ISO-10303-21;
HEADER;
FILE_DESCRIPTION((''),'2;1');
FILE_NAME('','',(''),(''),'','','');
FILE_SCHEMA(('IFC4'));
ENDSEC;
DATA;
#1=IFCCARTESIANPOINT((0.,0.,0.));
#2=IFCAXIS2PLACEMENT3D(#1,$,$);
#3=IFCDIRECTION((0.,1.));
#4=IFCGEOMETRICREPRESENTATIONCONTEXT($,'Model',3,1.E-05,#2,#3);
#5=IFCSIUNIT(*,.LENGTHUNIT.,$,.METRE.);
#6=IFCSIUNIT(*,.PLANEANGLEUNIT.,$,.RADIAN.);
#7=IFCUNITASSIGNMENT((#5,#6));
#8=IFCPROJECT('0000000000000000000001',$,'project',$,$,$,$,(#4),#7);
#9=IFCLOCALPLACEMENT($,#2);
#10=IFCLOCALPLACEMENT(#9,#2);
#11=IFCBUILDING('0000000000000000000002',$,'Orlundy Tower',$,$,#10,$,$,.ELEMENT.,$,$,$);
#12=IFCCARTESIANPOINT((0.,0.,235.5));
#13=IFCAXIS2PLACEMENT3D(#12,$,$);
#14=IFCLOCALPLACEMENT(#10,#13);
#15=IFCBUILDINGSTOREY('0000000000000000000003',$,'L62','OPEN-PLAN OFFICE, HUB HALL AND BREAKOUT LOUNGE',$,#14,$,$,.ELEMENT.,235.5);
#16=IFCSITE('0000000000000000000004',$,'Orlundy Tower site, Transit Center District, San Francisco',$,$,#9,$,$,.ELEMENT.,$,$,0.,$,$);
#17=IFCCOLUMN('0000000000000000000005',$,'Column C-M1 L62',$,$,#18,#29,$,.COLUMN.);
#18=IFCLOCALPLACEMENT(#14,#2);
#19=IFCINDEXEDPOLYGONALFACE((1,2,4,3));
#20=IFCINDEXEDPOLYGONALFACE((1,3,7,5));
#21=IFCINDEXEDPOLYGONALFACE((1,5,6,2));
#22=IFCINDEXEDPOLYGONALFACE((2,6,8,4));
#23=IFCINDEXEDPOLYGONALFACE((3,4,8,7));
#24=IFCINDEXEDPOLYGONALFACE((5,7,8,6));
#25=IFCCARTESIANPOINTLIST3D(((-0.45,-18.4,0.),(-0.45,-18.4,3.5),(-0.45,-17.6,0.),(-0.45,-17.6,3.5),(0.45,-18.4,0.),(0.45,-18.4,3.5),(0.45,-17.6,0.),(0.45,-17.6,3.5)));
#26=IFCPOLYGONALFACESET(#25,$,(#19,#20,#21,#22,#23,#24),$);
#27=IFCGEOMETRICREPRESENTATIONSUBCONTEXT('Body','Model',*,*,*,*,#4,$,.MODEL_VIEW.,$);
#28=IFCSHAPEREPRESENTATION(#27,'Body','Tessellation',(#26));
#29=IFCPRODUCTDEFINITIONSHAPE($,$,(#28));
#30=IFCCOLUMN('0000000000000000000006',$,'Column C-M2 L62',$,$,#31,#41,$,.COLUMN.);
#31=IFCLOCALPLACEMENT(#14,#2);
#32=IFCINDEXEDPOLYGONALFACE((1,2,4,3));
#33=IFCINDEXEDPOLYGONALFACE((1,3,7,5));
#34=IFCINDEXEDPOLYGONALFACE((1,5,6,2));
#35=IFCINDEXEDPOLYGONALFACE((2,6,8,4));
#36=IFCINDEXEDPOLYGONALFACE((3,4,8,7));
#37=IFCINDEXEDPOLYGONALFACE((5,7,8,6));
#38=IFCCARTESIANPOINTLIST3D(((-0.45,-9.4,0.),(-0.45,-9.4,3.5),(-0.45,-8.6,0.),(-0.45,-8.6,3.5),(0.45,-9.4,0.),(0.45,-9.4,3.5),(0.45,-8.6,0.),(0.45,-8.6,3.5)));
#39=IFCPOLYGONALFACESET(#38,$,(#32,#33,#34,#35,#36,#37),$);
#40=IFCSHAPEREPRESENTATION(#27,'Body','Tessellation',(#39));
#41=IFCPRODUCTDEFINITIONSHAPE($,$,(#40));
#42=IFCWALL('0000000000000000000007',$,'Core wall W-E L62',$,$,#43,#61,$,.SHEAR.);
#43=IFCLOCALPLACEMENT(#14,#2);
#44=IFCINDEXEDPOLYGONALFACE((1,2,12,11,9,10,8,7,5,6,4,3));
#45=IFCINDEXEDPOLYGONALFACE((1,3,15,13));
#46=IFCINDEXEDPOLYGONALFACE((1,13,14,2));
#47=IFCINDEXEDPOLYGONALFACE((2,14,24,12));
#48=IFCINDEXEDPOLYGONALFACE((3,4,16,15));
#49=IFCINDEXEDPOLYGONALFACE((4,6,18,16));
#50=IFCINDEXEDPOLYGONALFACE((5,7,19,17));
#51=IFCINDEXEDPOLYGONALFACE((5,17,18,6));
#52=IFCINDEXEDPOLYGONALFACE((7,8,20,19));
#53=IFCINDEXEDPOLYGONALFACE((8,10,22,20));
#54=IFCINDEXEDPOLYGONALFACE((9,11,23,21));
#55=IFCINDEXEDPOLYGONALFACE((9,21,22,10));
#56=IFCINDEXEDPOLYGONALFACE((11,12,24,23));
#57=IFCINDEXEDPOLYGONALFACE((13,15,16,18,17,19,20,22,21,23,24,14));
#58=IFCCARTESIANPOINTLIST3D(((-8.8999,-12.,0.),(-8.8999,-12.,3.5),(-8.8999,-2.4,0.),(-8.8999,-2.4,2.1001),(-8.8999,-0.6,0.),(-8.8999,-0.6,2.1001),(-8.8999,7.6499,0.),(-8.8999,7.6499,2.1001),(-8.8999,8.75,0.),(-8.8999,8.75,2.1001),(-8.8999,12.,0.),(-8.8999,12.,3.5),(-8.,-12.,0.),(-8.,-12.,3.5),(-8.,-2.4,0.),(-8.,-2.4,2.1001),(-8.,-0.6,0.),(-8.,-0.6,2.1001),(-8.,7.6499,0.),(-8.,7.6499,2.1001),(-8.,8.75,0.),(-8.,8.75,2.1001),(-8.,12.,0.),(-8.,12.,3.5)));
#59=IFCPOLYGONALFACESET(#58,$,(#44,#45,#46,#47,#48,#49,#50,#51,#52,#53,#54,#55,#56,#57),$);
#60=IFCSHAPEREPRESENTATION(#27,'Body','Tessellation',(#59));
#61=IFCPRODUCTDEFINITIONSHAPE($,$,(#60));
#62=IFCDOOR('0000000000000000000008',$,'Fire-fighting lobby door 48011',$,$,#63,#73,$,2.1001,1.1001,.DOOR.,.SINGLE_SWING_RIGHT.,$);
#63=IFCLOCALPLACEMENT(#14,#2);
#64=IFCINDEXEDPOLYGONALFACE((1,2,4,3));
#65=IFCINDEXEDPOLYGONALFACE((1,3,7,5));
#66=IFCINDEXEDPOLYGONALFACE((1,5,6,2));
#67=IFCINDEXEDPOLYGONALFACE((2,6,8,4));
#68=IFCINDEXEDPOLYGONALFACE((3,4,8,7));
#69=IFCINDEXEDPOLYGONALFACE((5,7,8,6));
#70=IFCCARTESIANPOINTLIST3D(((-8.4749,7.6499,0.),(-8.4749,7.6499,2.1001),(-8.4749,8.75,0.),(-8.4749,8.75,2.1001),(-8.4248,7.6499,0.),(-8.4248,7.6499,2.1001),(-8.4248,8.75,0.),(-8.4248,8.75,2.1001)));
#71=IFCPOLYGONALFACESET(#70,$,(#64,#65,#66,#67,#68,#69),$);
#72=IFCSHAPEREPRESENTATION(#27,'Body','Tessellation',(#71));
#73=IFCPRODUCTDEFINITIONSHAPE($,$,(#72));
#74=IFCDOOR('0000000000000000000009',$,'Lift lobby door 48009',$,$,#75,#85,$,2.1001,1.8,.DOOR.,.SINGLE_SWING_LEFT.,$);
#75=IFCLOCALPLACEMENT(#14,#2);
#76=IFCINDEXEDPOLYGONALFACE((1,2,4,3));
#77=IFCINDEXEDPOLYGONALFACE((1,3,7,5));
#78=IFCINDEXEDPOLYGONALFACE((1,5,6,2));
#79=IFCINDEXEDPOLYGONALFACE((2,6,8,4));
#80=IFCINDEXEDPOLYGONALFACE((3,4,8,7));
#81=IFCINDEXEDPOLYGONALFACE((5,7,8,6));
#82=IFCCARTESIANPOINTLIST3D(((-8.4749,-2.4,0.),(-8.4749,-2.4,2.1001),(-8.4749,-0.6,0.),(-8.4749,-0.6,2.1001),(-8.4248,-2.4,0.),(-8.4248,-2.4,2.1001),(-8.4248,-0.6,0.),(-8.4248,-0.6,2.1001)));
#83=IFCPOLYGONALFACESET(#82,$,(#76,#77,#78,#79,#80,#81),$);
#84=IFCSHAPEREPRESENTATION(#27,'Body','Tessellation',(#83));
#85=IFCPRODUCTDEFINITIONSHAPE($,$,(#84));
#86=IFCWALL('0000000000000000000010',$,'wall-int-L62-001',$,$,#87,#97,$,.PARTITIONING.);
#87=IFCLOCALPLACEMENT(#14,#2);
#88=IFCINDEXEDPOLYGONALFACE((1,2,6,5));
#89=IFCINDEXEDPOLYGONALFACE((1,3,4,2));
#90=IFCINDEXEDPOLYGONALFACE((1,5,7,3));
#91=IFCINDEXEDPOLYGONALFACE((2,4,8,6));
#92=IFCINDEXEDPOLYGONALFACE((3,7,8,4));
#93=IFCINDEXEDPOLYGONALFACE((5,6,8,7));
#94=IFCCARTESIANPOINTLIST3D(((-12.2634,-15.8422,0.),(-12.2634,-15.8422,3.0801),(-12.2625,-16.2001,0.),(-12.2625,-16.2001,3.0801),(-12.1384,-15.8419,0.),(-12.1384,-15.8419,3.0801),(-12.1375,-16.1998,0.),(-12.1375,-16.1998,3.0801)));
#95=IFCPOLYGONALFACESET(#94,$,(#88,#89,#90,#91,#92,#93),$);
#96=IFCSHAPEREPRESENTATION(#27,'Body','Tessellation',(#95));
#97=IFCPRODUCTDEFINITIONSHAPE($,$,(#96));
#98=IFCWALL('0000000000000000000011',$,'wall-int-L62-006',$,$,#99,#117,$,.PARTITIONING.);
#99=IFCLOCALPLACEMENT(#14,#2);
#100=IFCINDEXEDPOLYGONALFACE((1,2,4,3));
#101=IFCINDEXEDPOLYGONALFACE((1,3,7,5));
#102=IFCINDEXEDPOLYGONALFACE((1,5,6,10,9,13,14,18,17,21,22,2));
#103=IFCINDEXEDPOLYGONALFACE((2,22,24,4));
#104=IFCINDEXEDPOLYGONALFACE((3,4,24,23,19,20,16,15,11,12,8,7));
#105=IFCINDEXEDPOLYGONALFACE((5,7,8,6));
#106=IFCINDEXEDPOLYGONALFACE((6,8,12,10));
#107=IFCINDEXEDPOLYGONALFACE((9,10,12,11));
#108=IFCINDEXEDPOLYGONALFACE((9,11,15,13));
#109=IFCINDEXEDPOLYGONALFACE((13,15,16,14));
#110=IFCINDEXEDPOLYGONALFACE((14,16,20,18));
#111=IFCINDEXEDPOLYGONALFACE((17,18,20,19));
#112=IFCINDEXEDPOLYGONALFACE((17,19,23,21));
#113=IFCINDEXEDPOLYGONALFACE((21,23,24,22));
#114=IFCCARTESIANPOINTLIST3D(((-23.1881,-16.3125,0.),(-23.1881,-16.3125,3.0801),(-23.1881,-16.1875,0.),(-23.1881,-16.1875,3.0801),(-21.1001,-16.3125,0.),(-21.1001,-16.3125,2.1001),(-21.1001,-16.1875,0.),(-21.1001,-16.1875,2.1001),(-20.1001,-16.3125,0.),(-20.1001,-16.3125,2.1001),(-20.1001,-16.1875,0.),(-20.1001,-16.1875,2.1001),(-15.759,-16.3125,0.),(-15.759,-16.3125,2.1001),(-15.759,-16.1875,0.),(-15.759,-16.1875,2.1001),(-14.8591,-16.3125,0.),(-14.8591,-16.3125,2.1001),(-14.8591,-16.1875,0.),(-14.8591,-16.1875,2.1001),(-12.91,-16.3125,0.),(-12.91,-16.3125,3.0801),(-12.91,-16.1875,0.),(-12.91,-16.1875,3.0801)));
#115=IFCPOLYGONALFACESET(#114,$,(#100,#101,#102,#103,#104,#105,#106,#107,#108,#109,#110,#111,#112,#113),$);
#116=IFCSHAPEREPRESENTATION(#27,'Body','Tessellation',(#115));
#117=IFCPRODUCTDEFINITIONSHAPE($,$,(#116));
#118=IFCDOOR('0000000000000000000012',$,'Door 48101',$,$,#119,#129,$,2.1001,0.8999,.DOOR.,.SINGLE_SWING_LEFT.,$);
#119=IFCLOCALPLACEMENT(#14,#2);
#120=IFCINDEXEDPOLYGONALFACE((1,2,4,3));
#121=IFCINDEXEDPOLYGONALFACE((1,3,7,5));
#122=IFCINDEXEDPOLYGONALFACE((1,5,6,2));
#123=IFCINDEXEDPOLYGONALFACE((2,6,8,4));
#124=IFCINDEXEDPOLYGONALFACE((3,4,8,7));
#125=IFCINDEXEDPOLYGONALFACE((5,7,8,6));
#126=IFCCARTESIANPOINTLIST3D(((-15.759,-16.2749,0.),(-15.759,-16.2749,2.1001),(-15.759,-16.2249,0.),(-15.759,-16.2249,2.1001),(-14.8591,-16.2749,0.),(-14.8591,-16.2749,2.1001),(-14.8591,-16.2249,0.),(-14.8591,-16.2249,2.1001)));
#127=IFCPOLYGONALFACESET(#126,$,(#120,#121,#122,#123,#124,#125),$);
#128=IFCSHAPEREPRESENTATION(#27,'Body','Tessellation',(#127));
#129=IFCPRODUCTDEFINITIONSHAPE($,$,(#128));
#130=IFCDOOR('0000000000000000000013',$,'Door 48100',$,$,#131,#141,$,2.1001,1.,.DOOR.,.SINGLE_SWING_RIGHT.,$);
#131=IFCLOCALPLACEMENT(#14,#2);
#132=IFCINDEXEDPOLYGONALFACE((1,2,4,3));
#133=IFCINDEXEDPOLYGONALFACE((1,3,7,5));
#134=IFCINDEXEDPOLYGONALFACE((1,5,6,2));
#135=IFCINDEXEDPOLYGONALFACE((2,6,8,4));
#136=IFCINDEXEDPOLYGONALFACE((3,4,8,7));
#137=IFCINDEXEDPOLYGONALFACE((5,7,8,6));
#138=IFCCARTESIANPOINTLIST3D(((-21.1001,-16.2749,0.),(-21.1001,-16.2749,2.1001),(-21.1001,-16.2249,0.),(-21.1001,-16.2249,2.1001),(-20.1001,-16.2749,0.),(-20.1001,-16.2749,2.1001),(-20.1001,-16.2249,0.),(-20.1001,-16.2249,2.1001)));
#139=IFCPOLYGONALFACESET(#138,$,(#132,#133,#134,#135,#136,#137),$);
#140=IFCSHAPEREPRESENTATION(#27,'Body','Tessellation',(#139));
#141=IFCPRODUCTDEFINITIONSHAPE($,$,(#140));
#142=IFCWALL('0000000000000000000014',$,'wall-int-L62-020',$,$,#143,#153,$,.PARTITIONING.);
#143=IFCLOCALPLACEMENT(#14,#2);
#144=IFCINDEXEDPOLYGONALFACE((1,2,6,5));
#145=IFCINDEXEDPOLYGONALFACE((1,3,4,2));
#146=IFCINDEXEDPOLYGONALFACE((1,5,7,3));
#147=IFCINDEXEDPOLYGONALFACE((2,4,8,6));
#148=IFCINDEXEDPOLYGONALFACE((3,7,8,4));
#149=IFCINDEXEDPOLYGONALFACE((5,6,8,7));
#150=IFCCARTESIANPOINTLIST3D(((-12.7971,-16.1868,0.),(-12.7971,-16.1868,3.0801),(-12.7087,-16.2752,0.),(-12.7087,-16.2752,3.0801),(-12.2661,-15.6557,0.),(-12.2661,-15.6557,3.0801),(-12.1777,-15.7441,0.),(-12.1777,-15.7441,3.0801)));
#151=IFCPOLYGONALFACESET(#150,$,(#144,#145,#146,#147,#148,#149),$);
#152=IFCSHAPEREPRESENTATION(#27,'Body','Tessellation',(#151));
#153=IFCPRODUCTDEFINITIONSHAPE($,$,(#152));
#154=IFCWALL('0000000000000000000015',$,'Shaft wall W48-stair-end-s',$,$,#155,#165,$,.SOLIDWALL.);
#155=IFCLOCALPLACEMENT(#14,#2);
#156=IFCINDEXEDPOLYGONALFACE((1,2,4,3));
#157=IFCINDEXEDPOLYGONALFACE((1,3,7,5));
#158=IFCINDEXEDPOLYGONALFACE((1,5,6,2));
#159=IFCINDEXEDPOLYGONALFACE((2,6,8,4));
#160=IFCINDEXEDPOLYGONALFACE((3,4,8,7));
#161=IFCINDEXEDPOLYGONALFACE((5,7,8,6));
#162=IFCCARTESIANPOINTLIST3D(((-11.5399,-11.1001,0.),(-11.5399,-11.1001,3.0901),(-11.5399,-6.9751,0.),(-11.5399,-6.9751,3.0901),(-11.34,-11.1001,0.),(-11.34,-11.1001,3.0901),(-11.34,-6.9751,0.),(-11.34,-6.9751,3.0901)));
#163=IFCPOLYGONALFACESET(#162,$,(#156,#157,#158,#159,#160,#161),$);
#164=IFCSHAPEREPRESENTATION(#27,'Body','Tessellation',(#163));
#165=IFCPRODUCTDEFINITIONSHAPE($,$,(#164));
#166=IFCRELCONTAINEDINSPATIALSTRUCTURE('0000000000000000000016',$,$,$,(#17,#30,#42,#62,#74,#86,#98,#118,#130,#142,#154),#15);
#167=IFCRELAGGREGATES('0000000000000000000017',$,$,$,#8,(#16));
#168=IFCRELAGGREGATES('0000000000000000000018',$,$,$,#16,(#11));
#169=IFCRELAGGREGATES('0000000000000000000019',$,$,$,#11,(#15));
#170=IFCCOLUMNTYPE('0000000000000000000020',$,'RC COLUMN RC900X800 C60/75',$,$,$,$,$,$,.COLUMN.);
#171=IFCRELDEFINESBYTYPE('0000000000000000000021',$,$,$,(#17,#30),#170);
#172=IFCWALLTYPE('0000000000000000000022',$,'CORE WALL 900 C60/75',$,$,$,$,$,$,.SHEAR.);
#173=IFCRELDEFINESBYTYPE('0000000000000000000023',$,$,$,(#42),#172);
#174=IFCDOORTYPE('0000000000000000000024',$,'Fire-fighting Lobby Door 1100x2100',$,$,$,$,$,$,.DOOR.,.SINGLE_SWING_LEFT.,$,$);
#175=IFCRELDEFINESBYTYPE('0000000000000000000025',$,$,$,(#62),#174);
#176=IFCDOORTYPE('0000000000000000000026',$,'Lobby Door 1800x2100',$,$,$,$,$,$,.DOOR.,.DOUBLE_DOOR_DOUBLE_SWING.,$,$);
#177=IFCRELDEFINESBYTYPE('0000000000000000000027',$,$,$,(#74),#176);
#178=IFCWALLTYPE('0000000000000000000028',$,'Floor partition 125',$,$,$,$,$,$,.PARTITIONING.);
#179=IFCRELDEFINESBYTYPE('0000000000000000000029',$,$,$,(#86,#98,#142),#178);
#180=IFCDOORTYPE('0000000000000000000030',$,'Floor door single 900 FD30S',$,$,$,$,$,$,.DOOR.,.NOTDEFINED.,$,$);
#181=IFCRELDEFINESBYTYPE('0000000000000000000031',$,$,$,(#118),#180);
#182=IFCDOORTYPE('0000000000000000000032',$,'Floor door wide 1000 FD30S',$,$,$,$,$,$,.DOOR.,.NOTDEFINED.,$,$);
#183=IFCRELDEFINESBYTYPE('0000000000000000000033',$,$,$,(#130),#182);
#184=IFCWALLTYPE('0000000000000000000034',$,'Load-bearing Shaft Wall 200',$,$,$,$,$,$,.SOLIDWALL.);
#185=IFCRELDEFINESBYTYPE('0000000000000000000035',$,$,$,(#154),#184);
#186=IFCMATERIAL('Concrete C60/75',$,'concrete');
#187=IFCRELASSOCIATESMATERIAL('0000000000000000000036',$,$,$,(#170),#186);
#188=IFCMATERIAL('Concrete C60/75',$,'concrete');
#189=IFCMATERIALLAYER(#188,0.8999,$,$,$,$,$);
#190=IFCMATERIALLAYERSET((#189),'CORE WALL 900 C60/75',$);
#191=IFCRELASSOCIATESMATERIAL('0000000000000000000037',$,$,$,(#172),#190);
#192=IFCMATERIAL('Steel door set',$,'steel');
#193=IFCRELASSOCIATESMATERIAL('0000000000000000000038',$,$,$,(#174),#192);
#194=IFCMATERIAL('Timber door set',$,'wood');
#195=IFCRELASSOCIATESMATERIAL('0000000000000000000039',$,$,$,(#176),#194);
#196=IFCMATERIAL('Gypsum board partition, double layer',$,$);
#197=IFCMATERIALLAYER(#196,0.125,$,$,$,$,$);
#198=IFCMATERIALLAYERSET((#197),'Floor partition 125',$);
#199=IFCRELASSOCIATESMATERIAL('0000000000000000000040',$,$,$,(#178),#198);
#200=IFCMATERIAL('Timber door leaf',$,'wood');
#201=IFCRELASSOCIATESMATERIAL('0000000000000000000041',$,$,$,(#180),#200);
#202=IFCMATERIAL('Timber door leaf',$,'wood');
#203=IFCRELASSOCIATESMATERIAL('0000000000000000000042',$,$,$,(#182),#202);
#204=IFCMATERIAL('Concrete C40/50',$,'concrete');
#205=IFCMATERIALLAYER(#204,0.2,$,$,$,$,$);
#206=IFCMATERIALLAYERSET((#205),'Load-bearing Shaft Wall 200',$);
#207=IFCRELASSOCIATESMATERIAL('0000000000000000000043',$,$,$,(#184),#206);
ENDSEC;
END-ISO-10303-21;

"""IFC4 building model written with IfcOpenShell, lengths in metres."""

from ifc_helpers import new_model, si_unit, direction, frame, frame_2d, origin, origin_2d, place, context, subcontext, project, spatial, rectangle, extrude, material, layer, layer_set, material_profile, profile_set, type_object, element, fill, save


model = new_model("IFC4")

# Units and contexts
model_context = context("Model", 3, precision=1e-05, world=origin(), true_north=direction((0.0, 1.0)))
body_context = subcontext(model_context, "Body", "Model", "MODEL_VIEW")
ifc_project = project(units=[si_unit("LENGTHUNIT", "METRE"), si_unit("PLANEANGLEUNIT", "RADIAN")], contexts=[model_context])

# Site, building, storey
site_placement = place(None, origin())
site = spatial("IfcSite", under=ifc_project, at=site_placement, Name="Orlundy Tower site, Transit Center District, San Francisco", CompositionType="ELEMENT", RefElevation=0.0)
building_placement = place(site_placement, origin())
building = spatial("IfcBuilding", under=site, at=building_placement, Name="Orlundy Tower", CompositionType="ELEMENT")
storey_placement = place(building_placement, frame((0.0, 0.0, 235.5)))
storey = spatial("IfcBuildingStorey", under=building, at=storey_placement, Name="L62", Description="OPEN-PLAN OFFICE, HUB HALL AND BREAKOUT LOUNGE", CompositionType="ELEMENT", Elevation=235.5)

# Columns
ifc_material_1 = material(Name="Concrete C60/75", Category="concrete")
ifc_material_profile = material_profile(ifc_material_1, rectangle(XDim=0.8999, YDim=0.8, at=origin_2d()), Name="RC900X800")
ifc_profile_set = profile_set([ifc_material_profile], Name="Concrete C60/75")
column_type = type_object("IfcColumnType", Name="RC COLUMN RC900X800 C60/75", PredefinedType="COLUMN", material=ifc_profile_set)
for number, where, z_axis, x_axis, name in (
    (1, (0.0, -18.0, 0.0), (0.0, 0.0, 1.0), (1.0, 0.0, 0.0), "Column C-M1 L62"),
    (2, (0.0, -9.0, 0.0), (0.0, 0.0, 1.0), (1.0, 0.0, 0.0), "Column C-M2 L62"),
):
    element("IfcColumn", number, at=place(storey_placement, frame(where, z_axis=z_axis, x_axis=x_axis)), inside=storey, type_object=column_type, Name=name, PredefinedType="COLUMN", context=body_context, shape_type="SweptSolid", body=[
        extrude(rectangle(XDim=0.8999, YDim=0.8, at=origin_2d()), origin(), (0.0, 0.0, 1.0), 3.5),
    ])

# Wall, openings, doors
ifc_material_2 = material(Name="Concrete C60/75", Category="concrete")
ifc_layer_1 = layer(ifc_material_2, 0.8999)
ifc_layer_set_1 = layer_set([ifc_layer_1], Name="CORE WALL 900 C60/75")
wall_type_1 = type_object("IfcWallType", Name="CORE WALL 900 C60/75", PredefinedType="SHEAR", material=ifc_layer_set_1)
wall_1_placement = place(storey_placement, frame((-8.45, -12.0, 0.0), z_axis=(0.0, 0.0, 1.0), x_axis=(0.0, 1.0, 0.0)))
wall_1 = element("IfcWall", 3, at=wall_1_placement, inside=storey, type_object=wall_type_1, Name="Core wall W-E L62", PredefinedType="SHEAR", context=body_context, shape_type="SweptSolid", body=[
    extrude(rectangle(XDim=24.0, YDim=0.8999, at=frame_2d((12.0, 0.0))), origin(), (0.0, 0.0, 1.0), 3.5),
])
opening_1_placement = place(wall_1_placement, frame((9.6001, 0.0, 0.0)))
opening_1 = element("IfcOpeningElement", 4, at=opening_1_placement, cuts=wall_1, PredefinedType="OPENING", context=body_context, shape_type="SweptSolid", body=[
    extrude(rectangle(XDim=1.8, YDim=2.1001, at=frame_2d((0.8999, 1.05))), frame((0.0, 0.46, 0.0), z_axis=(0.0, -1.0, 0.0), x_axis=(1.0, 0.0, 0.0)), (0.0, 0.0, 1.0), 0.9199),
])
opening_2_placement = place(wall_1_placement, frame((19.6499, 0.0, 0.0)))
opening_2 = element("IfcOpeningElement", 5, at=opening_2_placement, cuts=wall_1, PredefinedType="OPENING", context=body_context, shape_type="SweptSolid", body=[
    extrude(rectangle(XDim=1.1001, YDim=2.1001, at=frame_2d((0.55, 1.05))), frame((0.0, 0.46, 0.0), z_axis=(0.0, -1.0, 0.0), x_axis=(1.0, 0.0, 0.0)), (0.0, 0.0, 1.0), 0.9199),
])
ifc_material_3 = material(Name="Steel door set", Category="steel")
door_type_1 = type_object("IfcDoorType", Name="Fire-fighting Lobby Door 1100x2100", OperationType="SINGLE_SWING_LEFT", PredefinedType="DOOR", material=ifc_material_3)
door_1_placement = place(opening_2_placement, origin())
door_1 = element("IfcDoor", 6, at=door_1_placement, inside=storey, type_object=door_type_1, Name="Fire-fighting lobby door 48011", OperationType="SINGLE_SWING_RIGHT", OverallHeight=2.1001, OverallWidth=1.1001, PredefinedType="DOOR", context=body_context, shape_type="SweptSolid", body=[
    extrude(rectangle(XDim=1.1001, YDim=2.1001, at=frame_2d((0.55, 1.05))), frame((0.0, 0.0249, 0.0), z_axis=(0.0, -1.0, 0.0), x_axis=(1.0, 0.0, 0.0)), (0.0, 0.0, 1.0), 0.05),
])
fill(opening_2, door_1)
ifc_material_4 = material(Name="Timber door set", Category="wood")
door_type_2 = type_object("IfcDoorType", Name="Lobby Door 1800x2100", OperationType="DOUBLE_DOOR_DOUBLE_SWING", PredefinedType="DOOR", material=ifc_material_4)
door_2_placement = place(opening_1_placement, origin())
door_2 = element("IfcDoor", 7, at=door_2_placement, inside=storey, type_object=door_type_2, Name="Lift lobby door 48009", OperationType="SINGLE_SWING_LEFT", OverallHeight=2.1001, OverallWidth=1.8, PredefinedType="DOOR", context=body_context, shape_type="SweptSolid", body=[
    extrude(rectangle(XDim=1.8, YDim=2.1001, at=frame_2d((0.8999, 1.05))), frame((0.0, 0.0249, 0.0), z_axis=(0.0, -1.0, 0.0), x_axis=(1.0, 0.0, 0.0)), (0.0, 0.0, 1.0), 0.05),
])
fill(opening_1, door_2)

# Wall
ifc_material_5 = material(Name="Gypsum board partition, double layer")
ifc_layer_2 = layer(ifc_material_5, 0.125)
ifc_layer_set_2 = layer_set([ifc_layer_2], Name="Floor partition 125")
wall_type_2 = type_object("IfcWallType", Name="Floor partition 125", PredefinedType="PARTITIONING", material=ifc_layer_set_2)
wall_2_placement = place(storey_placement, frame((-12.2009, -15.842, 0.0), z_axis=(0.0, 0.0, 1.0), x_axis=(0.002729, -0.999996, 0.0)))
element("IfcWall", 8, at=wall_2_placement, inside=storey, type_object=wall_type_2, Name="wall-int-L62-001", PredefinedType="PARTITIONING", context=body_context, shape_type="SweptSolid", body=[
    extrude(rectangle(XDim=0.3579, YDim=0.125, at=frame_2d((0.179, 0.0))), origin(), (0.0, 0.0, 1.0), 3.0801),
])

# Wall, openings, doors
wall_3_placement = place(storey_placement, frame((-12.9099, -16.25, 0.0), z_axis=(0.0, 0.0, 1.0), x_axis=(-1.0, 0.0, 0.0)))
wall_3 = element("IfcWall", 9, at=wall_3_placement, inside=storey, type_object=wall_type_2, Name="wall-int-L62-006", PredefinedType="PARTITIONING", context=body_context, shape_type="SweptSolid", body=[
    extrude(rectangle(XDim=10.2781, YDim=0.125, at=frame_2d((5.1392, 0.0))), origin(), (0.0, 0.0, 1.0), 3.0801),
])
opening_3_placement = place(wall_3_placement, frame((7.1902, 0.0, 0.0)))
opening_3 = element("IfcOpeningElement", 10, at=opening_3_placement, cuts=wall_3, PredefinedType="OPENING", context=body_context, shape_type="SweptSolid", body=[
    extrude(rectangle(XDim=1.0, YDim=2.1001, at=frame_2d((0.5, 1.05))), frame((0.0, 0.0725, 0.0), z_axis=(0.0, -1.0, 0.0), x_axis=(1.0, 0.0, 0.0)), (0.0, 0.0, 1.0), 0.145),
])
opening_4_placement = place(wall_3_placement, frame((1.9492, 0.0, 0.0)))
opening_4 = element("IfcOpeningElement", 11, at=opening_4_placement, cuts=wall_3, PredefinedType="OPENING", context=body_context, shape_type="SweptSolid", body=[
    extrude(rectangle(XDim=0.8999, YDim=2.1001, at=frame_2d((0.45, 1.05))), frame((0.0, 0.0725, 0.0), z_axis=(0.0, -1.0, 0.0), x_axis=(1.0, 0.0, 0.0)), (0.0, 0.0, 1.0), 0.145),
])
ifc_material_6 = material(Name="Timber door leaf", Category="wood")
door_type_3 = type_object("IfcDoorType", Name="Floor door single 900 FD30S", OperationType="NOTDEFINED", PredefinedType="DOOR", material=ifc_material_6)
door_3_placement = place(opening_4_placement, origin())
door_3 = element("IfcDoor", 12, at=door_3_placement, inside=storey, type_object=door_type_3, Name="Door 48101", OperationType="SINGLE_SWING_LEFT", OverallHeight=2.1001, OverallWidth=0.8999, PredefinedType="DOOR", context=body_context, shape_type="SweptSolid", body=[
    extrude(rectangle(XDim=0.8999, YDim=2.1001, at=frame_2d((0.45, 1.05))), frame((0.0, 0.0249, 0.0), z_axis=(0.0, -1.0, 0.0), x_axis=(1.0, 0.0, 0.0)), (0.0, 0.0, 1.0), 0.05),
])
fill(opening_4, door_3)
ifc_material_7 = material(Name="Timber door leaf", Category="wood")
door_type_4 = type_object("IfcDoorType", Name="Floor door wide 1000 FD30S", OperationType="NOTDEFINED", PredefinedType="DOOR", material=ifc_material_7)
door_4_placement = place(opening_3_placement, origin())
door_4 = element("IfcDoor", 13, at=door_4_placement, inside=storey, type_object=door_type_4, Name="Door 48100", OperationType="SINGLE_SWING_RIGHT", OverallHeight=2.1001, OverallWidth=1.0, PredefinedType="DOOR", context=body_context, shape_type="SweptSolid", body=[
    extrude(rectangle(XDim=1.0, YDim=2.1001, at=frame_2d((0.5, 1.05))), frame((0.0, 0.0249, 0.0), z_axis=(0.0, -1.0, 0.0), x_axis=(1.0, 0.0, 0.0)), (0.0, 0.0, 1.0), 0.05),
])
fill(opening_3, door_4)

# Walls
wall_4_placement = place(storey_placement, frame((-12.7529, -16.231, 0.0), z_axis=(0.0, 0.0, 1.0), x_axis=(0.707107, 0.707107, 0.0)))
element("IfcWall", 14, at=wall_4_placement, inside=storey, type_object=wall_type_2, Name="wall-int-L62-020", PredefinedType="PARTITIONING", context=body_context, shape_type="SweptSolid", body=[
    extrude(rectangle(XDim=0.751, YDim=0.125, at=frame_2d((0.3755, 0.0))), origin(), (0.0, 0.0, 1.0), 3.0801),
])
ifc_material_8 = material(Name="Concrete C40/50", Category="concrete")
ifc_layer_3 = layer(ifc_material_8, 0.2)
ifc_layer_set_3 = layer_set([ifc_layer_3], Name="Load-bearing Shaft Wall 200")
wall_type_3 = type_object("IfcWallType", Name="Load-bearing Shaft Wall 200", PredefinedType="SOLIDWALL", material=ifc_layer_set_3)
wall_5_placement = place(storey_placement, frame((-11.4399, -11.1001, 0.0), z_axis=(0.0, 0.0, 1.0), x_axis=(0.0, 1.0, 0.0)))
element("IfcWall", 15, at=wall_5_placement, inside=storey, type_object=wall_type_3, Name="Shaft wall W48-stair-end-s", PredefinedType="SOLIDWALL", context=body_context, shape_type="SweptSolid", body=[
    extrude(rectangle(XDim=4.125, YDim=0.2, at=frame_2d((2.0625, 0.0))), origin(), (0.0, 0.0, 1.0), 3.0901),
])

save(model, "model.ifc")
